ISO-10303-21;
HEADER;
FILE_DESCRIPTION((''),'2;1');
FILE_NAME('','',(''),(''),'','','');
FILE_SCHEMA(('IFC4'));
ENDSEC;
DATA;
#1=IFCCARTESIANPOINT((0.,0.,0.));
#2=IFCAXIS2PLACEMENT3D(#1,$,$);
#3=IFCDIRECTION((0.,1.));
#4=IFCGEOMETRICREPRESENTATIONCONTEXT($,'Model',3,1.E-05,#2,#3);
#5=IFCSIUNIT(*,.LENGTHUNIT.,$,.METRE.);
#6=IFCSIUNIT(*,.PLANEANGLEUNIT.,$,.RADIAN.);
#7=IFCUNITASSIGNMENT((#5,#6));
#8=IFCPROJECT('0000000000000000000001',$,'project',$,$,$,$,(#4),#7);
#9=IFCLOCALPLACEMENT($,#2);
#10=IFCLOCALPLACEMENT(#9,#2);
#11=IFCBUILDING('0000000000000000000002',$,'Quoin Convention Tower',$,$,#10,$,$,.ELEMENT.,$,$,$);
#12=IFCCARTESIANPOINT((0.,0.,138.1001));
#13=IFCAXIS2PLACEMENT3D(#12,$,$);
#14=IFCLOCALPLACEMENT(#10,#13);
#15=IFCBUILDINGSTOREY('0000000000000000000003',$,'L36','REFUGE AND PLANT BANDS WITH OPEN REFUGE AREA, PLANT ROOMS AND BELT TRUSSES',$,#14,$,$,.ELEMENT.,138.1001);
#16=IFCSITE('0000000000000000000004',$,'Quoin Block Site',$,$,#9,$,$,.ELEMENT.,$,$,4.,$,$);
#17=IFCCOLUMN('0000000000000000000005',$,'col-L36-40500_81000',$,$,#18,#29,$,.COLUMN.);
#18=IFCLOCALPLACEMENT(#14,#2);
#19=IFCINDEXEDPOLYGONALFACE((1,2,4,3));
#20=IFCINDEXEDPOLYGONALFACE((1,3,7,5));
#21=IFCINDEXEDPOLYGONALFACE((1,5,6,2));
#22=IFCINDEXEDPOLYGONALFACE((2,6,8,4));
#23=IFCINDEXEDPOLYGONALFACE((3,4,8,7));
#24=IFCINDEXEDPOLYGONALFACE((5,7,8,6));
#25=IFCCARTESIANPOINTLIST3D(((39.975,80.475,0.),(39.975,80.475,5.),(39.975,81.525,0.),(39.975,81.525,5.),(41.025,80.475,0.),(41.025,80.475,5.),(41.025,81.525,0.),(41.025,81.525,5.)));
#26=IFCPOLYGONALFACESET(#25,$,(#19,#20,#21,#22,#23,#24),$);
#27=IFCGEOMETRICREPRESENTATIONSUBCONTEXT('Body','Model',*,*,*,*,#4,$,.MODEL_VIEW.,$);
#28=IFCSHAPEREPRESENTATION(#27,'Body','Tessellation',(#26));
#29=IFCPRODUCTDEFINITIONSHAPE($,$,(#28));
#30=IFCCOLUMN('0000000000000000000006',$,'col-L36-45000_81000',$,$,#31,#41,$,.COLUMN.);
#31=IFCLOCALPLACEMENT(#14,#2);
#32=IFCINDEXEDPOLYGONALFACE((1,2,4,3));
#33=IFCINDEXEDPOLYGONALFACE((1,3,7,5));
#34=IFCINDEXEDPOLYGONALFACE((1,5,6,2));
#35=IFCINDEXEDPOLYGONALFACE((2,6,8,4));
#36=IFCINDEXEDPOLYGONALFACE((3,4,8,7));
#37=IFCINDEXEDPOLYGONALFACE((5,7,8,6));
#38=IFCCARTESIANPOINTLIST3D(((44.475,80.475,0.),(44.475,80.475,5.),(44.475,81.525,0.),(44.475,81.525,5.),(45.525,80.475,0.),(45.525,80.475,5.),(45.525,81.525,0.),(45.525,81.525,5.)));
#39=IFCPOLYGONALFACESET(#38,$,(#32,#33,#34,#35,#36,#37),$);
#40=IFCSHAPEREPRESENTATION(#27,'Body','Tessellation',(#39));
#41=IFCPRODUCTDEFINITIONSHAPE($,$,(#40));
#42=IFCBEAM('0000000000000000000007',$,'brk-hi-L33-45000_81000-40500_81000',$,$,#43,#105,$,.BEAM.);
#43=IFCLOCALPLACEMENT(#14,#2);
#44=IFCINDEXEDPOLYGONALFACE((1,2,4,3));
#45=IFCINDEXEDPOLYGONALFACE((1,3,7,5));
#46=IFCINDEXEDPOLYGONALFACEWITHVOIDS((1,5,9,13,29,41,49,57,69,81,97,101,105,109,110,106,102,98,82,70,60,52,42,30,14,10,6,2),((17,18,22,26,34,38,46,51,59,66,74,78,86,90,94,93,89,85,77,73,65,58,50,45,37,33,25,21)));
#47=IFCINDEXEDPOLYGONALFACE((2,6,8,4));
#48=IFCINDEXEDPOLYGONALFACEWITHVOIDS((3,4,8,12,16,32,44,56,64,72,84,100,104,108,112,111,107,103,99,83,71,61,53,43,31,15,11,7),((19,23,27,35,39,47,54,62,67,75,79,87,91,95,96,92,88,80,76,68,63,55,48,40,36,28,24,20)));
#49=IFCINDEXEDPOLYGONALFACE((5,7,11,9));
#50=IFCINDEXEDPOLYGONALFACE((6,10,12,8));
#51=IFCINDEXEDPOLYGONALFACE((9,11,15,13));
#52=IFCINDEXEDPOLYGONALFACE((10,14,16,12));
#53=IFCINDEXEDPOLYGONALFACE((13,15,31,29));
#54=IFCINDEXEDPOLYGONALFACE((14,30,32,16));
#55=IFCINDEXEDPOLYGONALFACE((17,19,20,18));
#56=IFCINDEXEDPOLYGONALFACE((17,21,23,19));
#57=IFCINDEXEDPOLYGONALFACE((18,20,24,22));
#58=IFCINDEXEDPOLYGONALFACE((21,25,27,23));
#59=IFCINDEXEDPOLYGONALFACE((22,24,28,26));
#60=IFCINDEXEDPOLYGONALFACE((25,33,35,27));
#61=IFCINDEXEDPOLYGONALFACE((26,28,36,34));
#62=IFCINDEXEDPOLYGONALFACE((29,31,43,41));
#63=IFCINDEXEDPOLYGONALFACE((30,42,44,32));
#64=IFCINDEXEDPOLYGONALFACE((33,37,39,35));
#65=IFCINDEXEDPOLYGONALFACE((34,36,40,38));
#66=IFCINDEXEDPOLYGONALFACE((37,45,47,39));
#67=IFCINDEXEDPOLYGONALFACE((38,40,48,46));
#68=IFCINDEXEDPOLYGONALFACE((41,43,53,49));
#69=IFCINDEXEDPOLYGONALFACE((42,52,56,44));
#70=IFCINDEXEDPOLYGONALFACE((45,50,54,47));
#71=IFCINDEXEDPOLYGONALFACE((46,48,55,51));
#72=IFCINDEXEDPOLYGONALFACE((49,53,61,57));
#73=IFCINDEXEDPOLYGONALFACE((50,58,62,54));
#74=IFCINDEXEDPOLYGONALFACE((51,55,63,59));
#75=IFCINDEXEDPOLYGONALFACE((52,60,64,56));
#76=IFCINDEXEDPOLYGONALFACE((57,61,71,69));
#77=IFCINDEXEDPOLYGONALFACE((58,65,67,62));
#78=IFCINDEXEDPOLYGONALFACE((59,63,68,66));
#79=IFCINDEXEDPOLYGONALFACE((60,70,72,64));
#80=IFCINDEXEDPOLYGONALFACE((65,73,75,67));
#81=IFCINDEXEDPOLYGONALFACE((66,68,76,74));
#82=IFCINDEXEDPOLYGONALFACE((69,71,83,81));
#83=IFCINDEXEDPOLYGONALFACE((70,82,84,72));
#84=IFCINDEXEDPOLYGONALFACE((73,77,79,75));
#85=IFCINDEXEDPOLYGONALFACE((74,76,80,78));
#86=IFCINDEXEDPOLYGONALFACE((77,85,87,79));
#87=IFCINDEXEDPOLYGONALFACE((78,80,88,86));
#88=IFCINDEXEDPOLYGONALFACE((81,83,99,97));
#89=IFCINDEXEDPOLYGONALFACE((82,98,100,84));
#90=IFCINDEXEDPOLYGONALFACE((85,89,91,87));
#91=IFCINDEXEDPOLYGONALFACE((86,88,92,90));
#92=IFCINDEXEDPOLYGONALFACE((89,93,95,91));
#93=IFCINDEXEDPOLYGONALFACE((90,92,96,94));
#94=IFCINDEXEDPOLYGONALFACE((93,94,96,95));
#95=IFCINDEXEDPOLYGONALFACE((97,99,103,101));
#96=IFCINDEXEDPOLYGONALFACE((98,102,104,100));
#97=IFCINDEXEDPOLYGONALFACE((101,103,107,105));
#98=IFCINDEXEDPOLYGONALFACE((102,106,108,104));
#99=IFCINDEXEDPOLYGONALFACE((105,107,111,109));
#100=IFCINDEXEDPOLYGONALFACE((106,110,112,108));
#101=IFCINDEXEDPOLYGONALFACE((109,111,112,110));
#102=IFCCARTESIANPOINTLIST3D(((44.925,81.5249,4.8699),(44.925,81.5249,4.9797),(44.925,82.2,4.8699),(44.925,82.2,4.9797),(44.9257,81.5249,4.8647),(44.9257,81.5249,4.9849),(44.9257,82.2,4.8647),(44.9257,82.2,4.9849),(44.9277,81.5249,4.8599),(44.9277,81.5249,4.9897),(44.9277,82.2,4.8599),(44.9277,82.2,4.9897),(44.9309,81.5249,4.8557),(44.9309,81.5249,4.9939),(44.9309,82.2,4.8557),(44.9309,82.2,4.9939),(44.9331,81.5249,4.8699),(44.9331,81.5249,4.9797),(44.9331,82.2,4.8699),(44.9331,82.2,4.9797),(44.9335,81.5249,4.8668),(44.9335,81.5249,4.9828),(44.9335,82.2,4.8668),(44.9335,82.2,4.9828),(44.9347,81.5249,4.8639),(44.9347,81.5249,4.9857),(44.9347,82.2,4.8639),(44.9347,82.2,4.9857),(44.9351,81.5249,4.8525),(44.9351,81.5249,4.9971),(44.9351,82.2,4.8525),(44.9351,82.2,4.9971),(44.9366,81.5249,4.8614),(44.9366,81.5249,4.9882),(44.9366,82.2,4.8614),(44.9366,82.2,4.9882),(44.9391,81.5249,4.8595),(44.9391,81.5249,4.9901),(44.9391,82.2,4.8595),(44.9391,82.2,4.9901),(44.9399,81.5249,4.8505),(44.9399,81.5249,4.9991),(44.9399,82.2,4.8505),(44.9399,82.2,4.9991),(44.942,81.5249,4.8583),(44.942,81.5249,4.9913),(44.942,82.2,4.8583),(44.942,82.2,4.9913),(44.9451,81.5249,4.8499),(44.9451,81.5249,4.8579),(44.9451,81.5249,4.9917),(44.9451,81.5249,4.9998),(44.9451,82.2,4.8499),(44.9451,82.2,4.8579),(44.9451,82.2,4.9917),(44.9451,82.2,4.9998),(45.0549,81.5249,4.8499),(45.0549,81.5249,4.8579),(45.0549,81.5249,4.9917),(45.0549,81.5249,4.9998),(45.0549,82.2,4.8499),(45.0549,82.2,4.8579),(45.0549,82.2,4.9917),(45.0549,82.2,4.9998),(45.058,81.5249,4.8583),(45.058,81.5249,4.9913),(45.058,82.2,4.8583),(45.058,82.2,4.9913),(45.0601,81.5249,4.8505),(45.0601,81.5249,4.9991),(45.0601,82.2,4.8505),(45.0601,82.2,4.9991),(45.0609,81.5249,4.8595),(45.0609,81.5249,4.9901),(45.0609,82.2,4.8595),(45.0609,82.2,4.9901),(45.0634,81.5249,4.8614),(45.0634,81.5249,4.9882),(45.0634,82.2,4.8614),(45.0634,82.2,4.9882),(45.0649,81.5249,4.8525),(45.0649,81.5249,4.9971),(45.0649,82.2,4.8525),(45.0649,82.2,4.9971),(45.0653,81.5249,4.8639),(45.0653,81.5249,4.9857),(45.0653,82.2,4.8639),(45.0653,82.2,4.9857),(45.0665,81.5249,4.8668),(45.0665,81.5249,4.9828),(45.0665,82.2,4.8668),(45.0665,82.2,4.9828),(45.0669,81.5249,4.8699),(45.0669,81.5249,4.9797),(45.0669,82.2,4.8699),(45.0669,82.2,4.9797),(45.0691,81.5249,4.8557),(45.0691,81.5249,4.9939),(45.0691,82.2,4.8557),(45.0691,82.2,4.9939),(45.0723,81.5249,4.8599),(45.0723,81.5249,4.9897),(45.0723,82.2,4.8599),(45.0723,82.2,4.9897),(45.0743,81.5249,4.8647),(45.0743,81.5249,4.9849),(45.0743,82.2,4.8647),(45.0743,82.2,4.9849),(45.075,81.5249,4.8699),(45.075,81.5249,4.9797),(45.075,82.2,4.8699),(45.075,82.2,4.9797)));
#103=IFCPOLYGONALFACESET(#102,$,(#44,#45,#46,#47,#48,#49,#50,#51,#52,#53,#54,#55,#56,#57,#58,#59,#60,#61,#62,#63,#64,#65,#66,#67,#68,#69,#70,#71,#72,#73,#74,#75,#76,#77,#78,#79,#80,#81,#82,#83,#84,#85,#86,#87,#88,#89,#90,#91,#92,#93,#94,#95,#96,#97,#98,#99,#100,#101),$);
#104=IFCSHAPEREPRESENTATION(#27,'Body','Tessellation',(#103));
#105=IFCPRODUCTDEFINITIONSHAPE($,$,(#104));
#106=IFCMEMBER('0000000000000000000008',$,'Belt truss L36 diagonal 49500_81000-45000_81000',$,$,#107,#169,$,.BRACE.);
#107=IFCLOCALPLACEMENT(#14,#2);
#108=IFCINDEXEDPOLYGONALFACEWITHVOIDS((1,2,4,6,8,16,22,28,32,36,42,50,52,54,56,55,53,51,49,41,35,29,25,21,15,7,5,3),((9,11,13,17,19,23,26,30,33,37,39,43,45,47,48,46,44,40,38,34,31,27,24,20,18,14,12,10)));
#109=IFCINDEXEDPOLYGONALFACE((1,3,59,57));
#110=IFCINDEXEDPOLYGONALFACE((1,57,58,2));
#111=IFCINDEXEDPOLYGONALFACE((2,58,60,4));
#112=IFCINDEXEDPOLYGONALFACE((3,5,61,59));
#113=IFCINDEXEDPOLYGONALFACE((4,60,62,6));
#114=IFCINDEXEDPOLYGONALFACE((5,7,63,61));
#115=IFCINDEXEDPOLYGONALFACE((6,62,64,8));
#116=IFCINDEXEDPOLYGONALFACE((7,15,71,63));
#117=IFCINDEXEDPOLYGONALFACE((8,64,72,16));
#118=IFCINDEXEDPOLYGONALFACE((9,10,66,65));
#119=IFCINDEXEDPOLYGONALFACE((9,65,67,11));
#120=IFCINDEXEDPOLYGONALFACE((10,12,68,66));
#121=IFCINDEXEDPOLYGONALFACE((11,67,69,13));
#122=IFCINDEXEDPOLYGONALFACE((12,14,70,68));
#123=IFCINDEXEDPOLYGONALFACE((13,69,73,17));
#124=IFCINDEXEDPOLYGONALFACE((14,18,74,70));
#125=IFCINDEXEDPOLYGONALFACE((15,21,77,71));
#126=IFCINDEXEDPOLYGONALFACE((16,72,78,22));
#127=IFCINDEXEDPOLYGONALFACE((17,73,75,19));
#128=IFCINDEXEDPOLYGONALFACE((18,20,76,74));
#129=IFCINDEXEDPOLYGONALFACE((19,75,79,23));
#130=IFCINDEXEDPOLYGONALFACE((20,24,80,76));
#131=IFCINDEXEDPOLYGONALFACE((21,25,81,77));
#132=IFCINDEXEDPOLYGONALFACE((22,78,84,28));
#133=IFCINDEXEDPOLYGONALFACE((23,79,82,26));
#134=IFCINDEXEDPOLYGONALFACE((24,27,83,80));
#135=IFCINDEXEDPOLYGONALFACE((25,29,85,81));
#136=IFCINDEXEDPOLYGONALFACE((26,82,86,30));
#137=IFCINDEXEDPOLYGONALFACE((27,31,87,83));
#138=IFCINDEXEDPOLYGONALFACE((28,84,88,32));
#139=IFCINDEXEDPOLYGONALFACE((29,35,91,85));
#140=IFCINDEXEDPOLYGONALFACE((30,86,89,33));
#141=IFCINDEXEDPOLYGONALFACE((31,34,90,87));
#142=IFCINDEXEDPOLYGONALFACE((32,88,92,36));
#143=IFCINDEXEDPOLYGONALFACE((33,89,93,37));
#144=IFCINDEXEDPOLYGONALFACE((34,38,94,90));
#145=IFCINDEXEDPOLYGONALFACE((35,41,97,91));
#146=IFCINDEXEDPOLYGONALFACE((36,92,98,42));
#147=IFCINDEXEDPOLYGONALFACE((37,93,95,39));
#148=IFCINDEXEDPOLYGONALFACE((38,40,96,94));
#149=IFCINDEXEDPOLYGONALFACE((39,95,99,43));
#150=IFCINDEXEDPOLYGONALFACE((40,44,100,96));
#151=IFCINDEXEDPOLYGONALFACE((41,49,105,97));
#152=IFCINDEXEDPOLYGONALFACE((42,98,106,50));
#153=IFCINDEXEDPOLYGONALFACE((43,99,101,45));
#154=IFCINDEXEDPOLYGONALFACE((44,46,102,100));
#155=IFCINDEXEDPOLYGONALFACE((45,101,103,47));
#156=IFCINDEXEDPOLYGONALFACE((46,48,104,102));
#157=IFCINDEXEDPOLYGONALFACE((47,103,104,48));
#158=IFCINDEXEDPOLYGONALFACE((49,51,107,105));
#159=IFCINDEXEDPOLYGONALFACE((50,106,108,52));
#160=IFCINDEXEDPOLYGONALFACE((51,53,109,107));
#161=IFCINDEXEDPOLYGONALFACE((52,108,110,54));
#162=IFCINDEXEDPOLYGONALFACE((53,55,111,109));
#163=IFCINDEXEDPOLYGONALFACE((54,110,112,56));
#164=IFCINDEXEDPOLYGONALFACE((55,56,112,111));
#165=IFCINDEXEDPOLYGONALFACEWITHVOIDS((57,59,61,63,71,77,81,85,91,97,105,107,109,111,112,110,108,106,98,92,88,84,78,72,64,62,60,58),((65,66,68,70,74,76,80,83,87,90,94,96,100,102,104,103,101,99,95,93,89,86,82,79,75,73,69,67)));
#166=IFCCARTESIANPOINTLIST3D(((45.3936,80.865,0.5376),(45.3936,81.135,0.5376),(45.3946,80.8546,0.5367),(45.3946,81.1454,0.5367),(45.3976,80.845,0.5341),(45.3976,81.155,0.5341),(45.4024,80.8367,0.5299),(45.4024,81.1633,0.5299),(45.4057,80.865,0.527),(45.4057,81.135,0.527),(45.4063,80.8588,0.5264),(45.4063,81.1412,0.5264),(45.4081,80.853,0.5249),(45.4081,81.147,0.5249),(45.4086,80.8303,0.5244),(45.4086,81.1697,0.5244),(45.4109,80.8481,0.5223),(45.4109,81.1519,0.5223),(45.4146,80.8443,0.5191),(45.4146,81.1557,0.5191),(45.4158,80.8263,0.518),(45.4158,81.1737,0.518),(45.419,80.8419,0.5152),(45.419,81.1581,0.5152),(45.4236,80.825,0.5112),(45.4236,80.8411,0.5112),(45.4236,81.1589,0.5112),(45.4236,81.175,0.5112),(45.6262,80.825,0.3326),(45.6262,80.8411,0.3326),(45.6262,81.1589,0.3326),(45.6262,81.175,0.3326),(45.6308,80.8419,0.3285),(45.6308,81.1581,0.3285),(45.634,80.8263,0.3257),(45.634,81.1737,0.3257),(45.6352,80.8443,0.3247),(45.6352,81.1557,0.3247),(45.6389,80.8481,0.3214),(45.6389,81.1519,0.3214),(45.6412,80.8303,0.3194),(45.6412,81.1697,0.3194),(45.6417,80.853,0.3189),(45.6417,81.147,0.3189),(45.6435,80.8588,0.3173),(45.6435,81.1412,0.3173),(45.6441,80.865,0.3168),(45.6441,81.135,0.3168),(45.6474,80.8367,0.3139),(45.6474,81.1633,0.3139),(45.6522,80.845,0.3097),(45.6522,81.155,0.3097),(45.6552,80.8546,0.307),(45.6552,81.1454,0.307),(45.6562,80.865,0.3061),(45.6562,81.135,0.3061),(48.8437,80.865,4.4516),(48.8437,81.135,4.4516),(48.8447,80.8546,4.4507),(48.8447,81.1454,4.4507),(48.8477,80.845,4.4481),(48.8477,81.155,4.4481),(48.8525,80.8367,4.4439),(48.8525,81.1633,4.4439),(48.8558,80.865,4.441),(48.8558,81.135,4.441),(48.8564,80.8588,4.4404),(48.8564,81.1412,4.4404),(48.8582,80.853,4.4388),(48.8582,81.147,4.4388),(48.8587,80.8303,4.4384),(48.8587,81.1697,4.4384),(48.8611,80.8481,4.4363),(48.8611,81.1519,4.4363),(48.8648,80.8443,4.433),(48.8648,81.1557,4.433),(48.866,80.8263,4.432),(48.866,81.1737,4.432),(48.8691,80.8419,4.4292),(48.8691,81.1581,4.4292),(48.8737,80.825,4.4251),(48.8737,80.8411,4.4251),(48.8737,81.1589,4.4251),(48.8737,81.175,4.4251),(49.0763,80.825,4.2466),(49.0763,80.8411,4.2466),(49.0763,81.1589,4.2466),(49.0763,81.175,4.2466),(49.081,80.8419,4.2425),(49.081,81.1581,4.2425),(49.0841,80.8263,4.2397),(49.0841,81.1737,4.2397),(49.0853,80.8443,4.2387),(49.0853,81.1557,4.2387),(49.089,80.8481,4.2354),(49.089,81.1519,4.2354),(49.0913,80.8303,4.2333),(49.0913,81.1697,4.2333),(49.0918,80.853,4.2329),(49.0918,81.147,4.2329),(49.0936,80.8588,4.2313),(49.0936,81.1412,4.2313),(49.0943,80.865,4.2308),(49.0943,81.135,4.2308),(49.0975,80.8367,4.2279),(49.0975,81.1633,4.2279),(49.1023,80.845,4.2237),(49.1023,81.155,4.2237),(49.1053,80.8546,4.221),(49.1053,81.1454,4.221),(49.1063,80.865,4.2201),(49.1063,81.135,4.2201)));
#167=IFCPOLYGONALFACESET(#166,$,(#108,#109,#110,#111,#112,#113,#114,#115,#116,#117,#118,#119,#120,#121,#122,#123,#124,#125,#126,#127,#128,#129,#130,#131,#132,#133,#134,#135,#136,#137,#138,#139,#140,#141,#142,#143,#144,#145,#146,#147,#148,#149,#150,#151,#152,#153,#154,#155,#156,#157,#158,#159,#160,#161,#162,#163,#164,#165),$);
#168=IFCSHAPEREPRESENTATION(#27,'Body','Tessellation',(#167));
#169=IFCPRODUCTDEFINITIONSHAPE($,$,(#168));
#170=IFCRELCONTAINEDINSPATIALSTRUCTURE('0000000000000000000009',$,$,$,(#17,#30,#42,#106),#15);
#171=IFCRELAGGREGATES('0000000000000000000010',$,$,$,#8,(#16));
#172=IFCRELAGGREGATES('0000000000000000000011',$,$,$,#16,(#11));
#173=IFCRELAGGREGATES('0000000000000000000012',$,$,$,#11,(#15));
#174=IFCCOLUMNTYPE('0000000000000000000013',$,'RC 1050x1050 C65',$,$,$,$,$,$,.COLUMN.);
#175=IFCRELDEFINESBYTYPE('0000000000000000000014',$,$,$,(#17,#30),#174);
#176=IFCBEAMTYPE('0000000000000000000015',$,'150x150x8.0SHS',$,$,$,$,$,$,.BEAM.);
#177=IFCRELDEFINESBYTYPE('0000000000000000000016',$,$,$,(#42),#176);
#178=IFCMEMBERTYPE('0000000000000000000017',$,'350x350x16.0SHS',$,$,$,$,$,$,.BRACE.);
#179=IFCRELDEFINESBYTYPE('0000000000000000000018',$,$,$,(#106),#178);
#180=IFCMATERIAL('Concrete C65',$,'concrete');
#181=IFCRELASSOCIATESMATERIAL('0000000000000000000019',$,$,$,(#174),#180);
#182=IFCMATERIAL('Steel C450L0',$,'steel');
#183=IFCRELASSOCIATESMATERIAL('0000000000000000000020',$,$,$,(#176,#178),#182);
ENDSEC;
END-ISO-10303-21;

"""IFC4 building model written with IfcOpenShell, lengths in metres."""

from ifc_helpers import new_model, si_unit, direction, frame, origin, origin_2d, place, context, subcontext, project, spatial, rectangle, hollow_rectangle, extrude, material, material_profile, profile_set, type_object, element, save


model = new_model("IFC4")

# Units and contexts
model_context = context("Model", 3, precision=1e-05, world=origin(), true_north=direction((0.0, 1.0)))
body_context = subcontext(model_context, "Body", "Model", "MODEL_VIEW")
ifc_project = project(units=[si_unit("LENGTHUNIT", "METRE"), si_unit("PLANEANGLEUNIT", "RADIAN")], contexts=[model_context])

# Site, building, storey
site_placement = place(None, origin())
site = spatial("IfcSite", under=ifc_project, at=site_placement, Name="Quoin Block Site", CompositionType="ELEMENT", RefElevation=4.0)
building_placement = place(site_placement, origin())
building = spatial("IfcBuilding", under=site, at=building_placement, Name="Quoin Convention Tower", CompositionType="ELEMENT")
storey_placement = place(building_placement, frame((0.0, 0.0, 138.1001)))
storey = spatial("IfcBuildingStorey", under=building, at=storey_placement, Name="L36", Description="REFUGE AND PLANT BANDS WITH OPEN REFUGE AREA, PLANT ROOMS AND BELT TRUSSES", CompositionType="ELEMENT", Elevation=138.1001)

# Columns
ifc_material_1 = material(Name="Concrete C65", Category="concrete")
ifc_material_profile_1 = material_profile(ifc_material_1, rectangle(XDim=1.05, YDim=1.05, at=origin_2d()), Name="RC 1050x1050")
ifc_profile_set_1 = profile_set([ifc_material_profile_1], Name="Concrete C65")
column_type = type_object("IfcColumnType", Name="RC 1050x1050 C65", PredefinedType="COLUMN", material=ifc_profile_set_1)
for number, where, z_axis, x_axis, name in (
    (1, (40.5, 81.0, 0.0), (0.0, 0.0, 1.0), (1.0, 0.0, 0.0), "col-L36-40500_81000"),
    (2, (45.0, 81.0, 0.0), (0.0, 0.0, 1.0), (1.0, 0.0, 0.0), "col-L36-45000_81000"),
):
    element("IfcColumn", number, at=place(storey_placement, frame(where, z_axis=z_axis, x_axis=x_axis)), inside=storey, type_object=column_type, Name=name, PredefinedType="COLUMN", context=body_context, shape_type="SweptSolid", body=[
        extrude(rectangle(XDim=1.05, YDim=1.05, at=origin_2d()), origin(), (0.0, 0.0, 1.0), 5.0),
    ])

# Beam
ifc_material_2 = material(Name="Steel C450L0", Category="steel")
ifc_material_profile_2 = material_profile(ifc_material_2, hollow_rectangle(XDim=0.1499, YDim=0.1499, WallThickness=0.0081, InnerFilletRadius=0.012, OuterFilletRadius=0.02, at=origin_2d()), Name="150x150x8.0SHS")
ifc_profile_set_2 = profile_set([ifc_material_profile_2], Name="Steel C450L0")
beam_type_1 = type_object("IfcBeamType", Name="150x150x8.0SHS", PredefinedType="BEAM", material=ifc_profile_set_2)
beam_1_placement = place(storey_placement, frame((45.0, 81.5249, 4.9248), z_axis=(0.0, 1.0, 0.0), x_axis=(-1.0, 0.0, 0.0)))
element("IfcBeam", 3, at=beam_1_placement, inside=storey, type_object=beam_type_1, Name="brk-hi-L33-45000_81000-40500_81000", PredefinedType="BEAM", context=body_context, shape_type="SweptSolid", body=[
    extrude(hollow_rectangle(XDim=0.1499, YDim=0.1499, WallThickness=0.0081, InnerFilletRadius=0.012, OuterFilletRadius=0.02, at=origin_2d()), origin(), (0.0, 0.0, 1.0), 0.675),
])

# Member
ifc_material_profile_3 = material_profile(ifc_material_2, hollow_rectangle(XDim=0.3501, YDim=0.3501, WallThickness=0.0161, InnerFilletRadius=0.0239, OuterFilletRadius=0.04, at=origin_2d()), Name="350x350x16.0SHS")
ifc_profile_set_3 = profile_set([ifc_material_profile_3], Name="Steel C450L0")
member_type_1 = type_object("IfcMemberType", Name="350x350x16.0SHS", PredefinedType="BRACE", material=ifc_profile_set_3)
for number, where, z_axis, x_axis, name in (
    (4, (45.5249, 81.0, 0.4219), (0.661256, 0.0, 0.75016), (0.0, 1.0, 0.0), "Belt truss L36 diagonal 49500_81000-45000_81000"),
):
    element("IfcMember", number, at=place(storey_placement, frame(where, z_axis=z_axis, x_axis=x_axis)), inside=storey, type_object=member_type_1, Name=name, PredefinedType="BRACE", context=body_context, shape_type="SweptSolid", body=[
        extrude(hollow_rectangle(XDim=0.3501, YDim=0.3501, WallThickness=0.0161, InnerFilletRadius=0.0239, OuterFilletRadius=0.04, at=origin_2d()), origin(), (0.0, 0.0, 1.0), 5.2175),
    ])

save(model, "model.ifc")
